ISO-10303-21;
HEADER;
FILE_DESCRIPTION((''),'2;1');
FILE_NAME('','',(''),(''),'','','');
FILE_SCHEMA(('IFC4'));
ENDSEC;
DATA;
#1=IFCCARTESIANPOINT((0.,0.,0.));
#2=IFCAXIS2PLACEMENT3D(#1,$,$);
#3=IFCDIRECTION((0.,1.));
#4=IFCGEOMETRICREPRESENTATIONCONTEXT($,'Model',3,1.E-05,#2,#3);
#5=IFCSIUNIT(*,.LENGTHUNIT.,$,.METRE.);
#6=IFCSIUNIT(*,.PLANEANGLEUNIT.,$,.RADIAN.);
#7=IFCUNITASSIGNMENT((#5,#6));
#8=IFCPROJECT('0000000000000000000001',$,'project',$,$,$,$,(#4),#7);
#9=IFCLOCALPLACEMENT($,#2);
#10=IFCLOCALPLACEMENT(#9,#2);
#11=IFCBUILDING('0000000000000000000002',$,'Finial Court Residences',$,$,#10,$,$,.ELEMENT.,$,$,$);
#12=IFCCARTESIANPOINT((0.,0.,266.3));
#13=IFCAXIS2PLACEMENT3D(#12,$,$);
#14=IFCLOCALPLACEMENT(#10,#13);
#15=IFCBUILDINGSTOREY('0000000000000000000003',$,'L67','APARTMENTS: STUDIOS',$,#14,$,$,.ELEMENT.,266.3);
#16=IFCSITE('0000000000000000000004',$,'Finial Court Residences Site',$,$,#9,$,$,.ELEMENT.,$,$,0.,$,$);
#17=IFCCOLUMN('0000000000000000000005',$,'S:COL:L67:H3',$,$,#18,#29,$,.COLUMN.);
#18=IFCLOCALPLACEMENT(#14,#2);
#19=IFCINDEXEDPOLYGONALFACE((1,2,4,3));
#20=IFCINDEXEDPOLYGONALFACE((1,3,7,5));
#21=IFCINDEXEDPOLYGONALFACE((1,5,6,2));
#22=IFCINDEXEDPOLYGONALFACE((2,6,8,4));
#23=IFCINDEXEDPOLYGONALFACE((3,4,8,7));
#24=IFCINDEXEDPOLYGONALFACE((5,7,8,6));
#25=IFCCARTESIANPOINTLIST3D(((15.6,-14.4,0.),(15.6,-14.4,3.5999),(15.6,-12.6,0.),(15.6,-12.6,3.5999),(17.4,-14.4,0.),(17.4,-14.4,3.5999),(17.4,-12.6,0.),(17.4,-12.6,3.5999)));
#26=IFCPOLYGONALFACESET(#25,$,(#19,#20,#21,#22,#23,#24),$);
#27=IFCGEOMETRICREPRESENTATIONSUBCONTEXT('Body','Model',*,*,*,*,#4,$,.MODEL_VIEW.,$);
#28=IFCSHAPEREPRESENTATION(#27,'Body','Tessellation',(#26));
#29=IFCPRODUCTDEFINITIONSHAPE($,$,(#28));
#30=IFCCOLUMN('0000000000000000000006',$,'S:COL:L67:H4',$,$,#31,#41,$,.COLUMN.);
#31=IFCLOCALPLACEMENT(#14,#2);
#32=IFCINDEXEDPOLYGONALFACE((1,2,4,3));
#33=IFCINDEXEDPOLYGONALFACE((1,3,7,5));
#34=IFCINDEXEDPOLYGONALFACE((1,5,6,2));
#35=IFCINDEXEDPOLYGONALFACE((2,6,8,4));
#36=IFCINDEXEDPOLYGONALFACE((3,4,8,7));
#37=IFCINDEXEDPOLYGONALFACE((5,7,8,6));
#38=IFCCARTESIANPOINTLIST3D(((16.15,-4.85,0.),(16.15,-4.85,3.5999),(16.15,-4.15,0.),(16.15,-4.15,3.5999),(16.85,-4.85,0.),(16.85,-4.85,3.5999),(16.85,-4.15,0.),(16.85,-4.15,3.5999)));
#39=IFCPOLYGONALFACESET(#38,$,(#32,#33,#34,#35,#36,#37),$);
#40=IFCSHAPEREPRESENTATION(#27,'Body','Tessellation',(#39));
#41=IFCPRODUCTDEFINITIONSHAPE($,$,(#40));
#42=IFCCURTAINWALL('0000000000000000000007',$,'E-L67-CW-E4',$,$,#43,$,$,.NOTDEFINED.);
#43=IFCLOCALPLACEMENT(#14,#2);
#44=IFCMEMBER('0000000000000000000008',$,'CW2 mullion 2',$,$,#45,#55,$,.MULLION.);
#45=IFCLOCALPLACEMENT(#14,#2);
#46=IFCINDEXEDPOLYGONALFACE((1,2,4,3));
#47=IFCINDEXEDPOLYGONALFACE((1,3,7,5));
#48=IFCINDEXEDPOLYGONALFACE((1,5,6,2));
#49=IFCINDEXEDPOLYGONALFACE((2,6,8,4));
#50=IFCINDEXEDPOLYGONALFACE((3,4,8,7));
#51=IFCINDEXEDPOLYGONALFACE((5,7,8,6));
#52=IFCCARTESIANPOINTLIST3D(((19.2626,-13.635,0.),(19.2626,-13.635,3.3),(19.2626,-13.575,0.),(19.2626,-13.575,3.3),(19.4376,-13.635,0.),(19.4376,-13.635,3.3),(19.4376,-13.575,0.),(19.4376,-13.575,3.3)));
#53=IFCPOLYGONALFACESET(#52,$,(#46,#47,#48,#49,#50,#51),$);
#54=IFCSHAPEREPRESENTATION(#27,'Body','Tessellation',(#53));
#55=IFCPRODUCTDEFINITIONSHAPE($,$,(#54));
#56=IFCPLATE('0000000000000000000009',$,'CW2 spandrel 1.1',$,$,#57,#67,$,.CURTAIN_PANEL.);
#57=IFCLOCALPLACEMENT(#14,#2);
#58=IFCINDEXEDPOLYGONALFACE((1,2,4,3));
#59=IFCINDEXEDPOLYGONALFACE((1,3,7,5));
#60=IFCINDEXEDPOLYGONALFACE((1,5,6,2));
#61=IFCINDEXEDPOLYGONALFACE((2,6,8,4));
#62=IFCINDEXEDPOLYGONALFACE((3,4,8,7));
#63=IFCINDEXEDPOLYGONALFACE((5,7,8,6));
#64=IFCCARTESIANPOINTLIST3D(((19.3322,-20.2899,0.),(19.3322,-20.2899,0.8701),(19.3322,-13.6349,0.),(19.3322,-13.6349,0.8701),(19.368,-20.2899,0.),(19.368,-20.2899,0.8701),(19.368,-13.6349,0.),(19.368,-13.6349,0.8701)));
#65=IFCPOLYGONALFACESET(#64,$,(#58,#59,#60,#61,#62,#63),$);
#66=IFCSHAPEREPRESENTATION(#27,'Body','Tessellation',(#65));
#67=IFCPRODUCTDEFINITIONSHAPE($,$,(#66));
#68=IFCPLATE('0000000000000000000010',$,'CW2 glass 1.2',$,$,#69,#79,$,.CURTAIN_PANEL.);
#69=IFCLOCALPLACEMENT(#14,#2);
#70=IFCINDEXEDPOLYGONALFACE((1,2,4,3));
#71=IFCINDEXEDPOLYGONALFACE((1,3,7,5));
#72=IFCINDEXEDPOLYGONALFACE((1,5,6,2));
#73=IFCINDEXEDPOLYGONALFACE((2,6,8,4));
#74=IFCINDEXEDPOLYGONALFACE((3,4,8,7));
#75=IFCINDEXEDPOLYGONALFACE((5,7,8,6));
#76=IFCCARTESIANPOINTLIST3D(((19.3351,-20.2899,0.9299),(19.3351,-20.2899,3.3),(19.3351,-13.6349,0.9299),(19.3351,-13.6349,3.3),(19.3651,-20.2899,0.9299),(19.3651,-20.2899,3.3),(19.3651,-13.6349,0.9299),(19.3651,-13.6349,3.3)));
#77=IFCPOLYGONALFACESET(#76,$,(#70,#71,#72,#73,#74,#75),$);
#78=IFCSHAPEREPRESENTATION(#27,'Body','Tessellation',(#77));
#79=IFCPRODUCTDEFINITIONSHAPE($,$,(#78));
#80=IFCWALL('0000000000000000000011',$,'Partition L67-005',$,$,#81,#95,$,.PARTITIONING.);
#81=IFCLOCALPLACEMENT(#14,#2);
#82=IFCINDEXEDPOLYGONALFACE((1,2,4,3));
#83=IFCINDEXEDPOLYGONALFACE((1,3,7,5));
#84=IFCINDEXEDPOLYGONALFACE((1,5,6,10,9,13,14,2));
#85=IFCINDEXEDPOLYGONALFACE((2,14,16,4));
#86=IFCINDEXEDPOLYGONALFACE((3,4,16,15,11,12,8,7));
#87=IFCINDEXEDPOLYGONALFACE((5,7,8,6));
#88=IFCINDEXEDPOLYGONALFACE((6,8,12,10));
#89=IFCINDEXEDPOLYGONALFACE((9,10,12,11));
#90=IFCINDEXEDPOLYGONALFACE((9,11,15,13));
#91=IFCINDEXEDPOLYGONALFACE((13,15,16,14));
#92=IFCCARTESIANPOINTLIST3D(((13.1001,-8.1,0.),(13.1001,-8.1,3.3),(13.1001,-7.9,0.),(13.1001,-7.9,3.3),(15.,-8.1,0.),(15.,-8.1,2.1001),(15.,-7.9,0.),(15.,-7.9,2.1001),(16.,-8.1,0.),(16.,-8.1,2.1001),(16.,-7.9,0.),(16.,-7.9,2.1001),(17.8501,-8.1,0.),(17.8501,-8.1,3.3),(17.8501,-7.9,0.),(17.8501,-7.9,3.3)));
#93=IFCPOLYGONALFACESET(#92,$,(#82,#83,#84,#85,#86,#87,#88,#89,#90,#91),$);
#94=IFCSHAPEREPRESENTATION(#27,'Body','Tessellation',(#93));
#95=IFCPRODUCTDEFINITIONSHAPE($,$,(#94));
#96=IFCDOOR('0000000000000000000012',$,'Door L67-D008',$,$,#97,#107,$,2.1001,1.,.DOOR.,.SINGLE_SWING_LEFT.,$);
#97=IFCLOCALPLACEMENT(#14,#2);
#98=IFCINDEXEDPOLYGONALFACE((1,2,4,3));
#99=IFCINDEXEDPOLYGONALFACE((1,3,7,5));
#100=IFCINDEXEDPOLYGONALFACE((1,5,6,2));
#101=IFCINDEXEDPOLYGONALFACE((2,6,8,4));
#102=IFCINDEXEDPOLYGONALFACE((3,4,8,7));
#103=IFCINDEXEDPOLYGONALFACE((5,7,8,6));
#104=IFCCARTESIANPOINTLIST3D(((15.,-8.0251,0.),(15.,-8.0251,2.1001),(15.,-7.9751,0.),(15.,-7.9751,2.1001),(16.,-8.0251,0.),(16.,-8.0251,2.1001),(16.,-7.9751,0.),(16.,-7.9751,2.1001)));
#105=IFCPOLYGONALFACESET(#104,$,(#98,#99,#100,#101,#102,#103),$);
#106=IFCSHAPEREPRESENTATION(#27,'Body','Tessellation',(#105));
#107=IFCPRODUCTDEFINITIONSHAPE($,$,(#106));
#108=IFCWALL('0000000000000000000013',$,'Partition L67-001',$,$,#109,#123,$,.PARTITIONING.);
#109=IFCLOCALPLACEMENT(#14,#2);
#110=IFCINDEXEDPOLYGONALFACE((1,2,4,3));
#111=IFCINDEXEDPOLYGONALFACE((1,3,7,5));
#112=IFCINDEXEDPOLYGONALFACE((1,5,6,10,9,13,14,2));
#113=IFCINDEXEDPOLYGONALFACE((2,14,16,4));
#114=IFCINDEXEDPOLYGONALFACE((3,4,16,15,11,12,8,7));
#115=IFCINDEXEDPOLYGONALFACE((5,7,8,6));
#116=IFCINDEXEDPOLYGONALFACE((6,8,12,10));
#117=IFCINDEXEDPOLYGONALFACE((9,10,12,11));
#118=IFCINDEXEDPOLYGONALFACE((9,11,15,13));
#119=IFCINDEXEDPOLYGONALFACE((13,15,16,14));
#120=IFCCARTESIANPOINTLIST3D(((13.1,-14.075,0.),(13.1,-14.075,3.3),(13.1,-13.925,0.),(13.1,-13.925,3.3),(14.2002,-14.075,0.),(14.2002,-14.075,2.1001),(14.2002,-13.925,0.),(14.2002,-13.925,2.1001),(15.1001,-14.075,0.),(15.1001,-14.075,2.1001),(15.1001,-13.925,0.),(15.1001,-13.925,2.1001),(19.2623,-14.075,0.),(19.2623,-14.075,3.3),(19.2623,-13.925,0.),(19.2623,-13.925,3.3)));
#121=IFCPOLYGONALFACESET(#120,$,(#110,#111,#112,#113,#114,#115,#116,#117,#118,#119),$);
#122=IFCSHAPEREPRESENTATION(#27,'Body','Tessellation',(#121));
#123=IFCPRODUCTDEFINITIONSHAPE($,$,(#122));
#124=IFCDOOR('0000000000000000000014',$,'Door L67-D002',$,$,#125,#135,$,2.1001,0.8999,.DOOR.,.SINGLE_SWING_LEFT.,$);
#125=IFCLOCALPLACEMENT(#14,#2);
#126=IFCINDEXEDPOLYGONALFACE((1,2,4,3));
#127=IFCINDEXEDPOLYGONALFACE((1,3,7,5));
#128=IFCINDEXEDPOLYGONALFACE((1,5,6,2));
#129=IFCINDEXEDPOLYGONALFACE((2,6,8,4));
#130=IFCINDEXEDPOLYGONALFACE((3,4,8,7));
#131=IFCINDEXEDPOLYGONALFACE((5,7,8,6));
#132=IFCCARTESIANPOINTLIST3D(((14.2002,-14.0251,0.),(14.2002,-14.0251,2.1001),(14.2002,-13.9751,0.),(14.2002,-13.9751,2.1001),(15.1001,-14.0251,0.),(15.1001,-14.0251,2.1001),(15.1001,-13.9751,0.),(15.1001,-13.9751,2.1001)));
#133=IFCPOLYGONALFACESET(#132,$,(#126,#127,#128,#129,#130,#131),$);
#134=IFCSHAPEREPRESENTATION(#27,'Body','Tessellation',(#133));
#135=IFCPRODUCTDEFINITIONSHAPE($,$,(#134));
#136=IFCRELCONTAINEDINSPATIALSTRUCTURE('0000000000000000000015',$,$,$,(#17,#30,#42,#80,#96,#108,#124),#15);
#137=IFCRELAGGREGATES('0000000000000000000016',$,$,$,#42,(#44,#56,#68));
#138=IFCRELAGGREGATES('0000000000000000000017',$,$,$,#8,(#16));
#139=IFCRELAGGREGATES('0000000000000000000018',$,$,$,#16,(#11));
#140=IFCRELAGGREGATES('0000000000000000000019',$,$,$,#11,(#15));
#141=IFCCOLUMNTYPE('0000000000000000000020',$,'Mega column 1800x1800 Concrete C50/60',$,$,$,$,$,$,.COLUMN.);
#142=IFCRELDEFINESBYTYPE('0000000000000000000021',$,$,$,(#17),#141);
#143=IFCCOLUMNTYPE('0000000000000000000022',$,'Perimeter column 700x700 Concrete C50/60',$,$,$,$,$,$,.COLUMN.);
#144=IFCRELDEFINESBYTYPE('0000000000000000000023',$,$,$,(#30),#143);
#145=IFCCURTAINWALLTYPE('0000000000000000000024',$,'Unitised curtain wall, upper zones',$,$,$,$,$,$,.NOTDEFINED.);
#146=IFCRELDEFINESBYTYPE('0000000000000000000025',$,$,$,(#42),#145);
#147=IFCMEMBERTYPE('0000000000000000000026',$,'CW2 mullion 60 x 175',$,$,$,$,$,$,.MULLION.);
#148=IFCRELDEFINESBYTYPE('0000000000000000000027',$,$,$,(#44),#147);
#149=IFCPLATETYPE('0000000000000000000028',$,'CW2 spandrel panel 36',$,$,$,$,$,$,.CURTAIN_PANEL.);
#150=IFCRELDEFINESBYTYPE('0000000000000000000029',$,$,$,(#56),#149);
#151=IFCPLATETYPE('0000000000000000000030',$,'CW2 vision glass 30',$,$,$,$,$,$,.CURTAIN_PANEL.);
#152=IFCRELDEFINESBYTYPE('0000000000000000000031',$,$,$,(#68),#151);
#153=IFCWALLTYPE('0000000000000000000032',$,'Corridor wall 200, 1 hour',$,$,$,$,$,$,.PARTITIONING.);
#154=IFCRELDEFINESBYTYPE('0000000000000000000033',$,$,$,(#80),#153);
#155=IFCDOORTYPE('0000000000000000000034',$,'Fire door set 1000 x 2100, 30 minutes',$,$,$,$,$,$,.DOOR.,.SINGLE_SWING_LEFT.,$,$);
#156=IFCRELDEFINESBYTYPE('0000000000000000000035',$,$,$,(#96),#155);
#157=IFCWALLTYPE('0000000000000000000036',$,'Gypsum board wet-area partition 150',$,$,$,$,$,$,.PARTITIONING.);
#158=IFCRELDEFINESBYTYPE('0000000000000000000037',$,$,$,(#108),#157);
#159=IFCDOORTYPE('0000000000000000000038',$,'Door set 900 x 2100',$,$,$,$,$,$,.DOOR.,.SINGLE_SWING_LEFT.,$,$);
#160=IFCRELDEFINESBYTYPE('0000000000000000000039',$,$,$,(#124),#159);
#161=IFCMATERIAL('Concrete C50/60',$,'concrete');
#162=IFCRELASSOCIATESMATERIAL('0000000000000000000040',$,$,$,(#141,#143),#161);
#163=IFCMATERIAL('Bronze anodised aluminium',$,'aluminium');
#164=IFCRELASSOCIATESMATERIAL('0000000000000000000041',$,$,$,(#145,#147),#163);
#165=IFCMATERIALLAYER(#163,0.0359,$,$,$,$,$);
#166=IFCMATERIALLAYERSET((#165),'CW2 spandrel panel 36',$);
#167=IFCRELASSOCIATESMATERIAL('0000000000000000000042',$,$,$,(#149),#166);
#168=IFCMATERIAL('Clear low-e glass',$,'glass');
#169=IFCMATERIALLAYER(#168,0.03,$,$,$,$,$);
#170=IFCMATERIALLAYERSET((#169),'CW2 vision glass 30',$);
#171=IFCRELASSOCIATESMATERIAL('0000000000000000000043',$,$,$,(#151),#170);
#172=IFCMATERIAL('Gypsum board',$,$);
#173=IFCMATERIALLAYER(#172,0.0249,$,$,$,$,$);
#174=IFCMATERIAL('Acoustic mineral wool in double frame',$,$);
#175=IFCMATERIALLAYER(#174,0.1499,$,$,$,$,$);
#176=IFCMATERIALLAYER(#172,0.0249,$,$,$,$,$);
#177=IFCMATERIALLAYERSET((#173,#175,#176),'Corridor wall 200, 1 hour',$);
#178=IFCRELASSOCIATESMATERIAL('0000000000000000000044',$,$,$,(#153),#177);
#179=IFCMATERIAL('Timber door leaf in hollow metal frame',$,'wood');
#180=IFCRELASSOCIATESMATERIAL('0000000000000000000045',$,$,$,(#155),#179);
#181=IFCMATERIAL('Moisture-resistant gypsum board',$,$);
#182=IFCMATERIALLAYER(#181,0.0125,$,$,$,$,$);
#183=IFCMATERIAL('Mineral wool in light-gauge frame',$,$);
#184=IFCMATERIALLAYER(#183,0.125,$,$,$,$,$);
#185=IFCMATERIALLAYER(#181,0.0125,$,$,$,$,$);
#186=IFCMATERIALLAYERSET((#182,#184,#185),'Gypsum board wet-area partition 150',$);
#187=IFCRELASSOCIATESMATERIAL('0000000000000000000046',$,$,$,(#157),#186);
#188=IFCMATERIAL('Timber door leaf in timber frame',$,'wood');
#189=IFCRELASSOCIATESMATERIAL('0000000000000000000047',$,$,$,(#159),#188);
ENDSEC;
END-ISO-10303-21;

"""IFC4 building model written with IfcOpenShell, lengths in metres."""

from ifc_helpers import new_model, si_unit, direction, frame, frame_2d, origin, origin_2d, place, context, subcontext, project, spatial, rectangle, extrude, material, layer, layer_set, material_profile, profile_set, type_object, element, fill, aggregate, save


model = new_model("IFC4")

# Units and contexts
model_context = context("Model", 3, precision=1e-05, world=origin(), true_north=direction((0.0, 1.0)))
body_context = subcontext(model_context, "Body", "Model", "MODEL_VIEW")
ifc_project = project(units=[si_unit("LENGTHUNIT", "METRE"), si_unit("PLANEANGLEUNIT", "RADIAN")], contexts=[model_context])

# Site, building, storey
site_placement = place(None, origin())
site = spatial("IfcSite", under=ifc_project, at=site_placement, Name="Finial Court Residences Site", CompositionType="ELEMENT", RefElevation=0.0)
building_placement = place(site_placement, origin())
building = spatial("IfcBuilding", under=site, at=building_placement, Name="Finial Court Residences", CompositionType="ELEMENT")
storey_placement = place(building_placement, frame((0.0, 0.0, 266.3)))
storey = spatial("IfcBuildingStorey", under=building, at=storey_placement, Name="L67", Description="APARTMENTS: STUDIOS", CompositionType="ELEMENT", Elevation=266.3)

# Columns
ifc_material_1 = material(Name="Concrete C50/60", Category="concrete")
ifc_material_profile_1 = material_profile(ifc_material_1, rectangle(XDim=1.8, YDim=1.8, at=origin_2d()), Name="1800x1800")
ifc_profile_set_1 = profile_set([ifc_material_profile_1], Name="Concrete C50/60")
column_type_1 = type_object("IfcColumnType", Name="Mega column 1800x1800 Concrete C50/60", PredefinedType="COLUMN", material=ifc_profile_set_1)
column_1_placement = place(storey_placement, frame((16.5, -13.5, 0.0), z_axis=(0.0, 0.0, 1.0), x_axis=(1.0, 0.0, 0.0)))
element("IfcColumn", 1, at=column_1_placement, inside=storey, type_object=column_type_1, Name="S:COL:L67:H3", PredefinedType="COLUMN", context=body_context, shape_type="SweptSolid", body=[
    extrude(rectangle(XDim=1.8, YDim=1.8, at=origin_2d()), origin(), (0.0, 0.0, 1.0), 3.5999),
])
ifc_material_profile_2 = material_profile(ifc_material_1, rectangle(XDim=0.7, YDim=0.7, at=origin_2d()), Name="700x700")
ifc_profile_set_2 = profile_set([ifc_material_profile_2], Name="Concrete C50/60")
column_type_2 = type_object("IfcColumnType", Name="Perimeter column 700x700 Concrete C50/60", PredefinedType="COLUMN", material=ifc_profile_set_2)
column_2_placement = place(storey_placement, frame((16.5, -4.5, 0.0), z_axis=(0.0, 0.0, 1.0), x_axis=(1.0, 0.0, 0.0)))
element("IfcColumn", 2, at=column_2_placement, inside=storey, type_object=column_type_2, Name="S:COL:L67:H4", PredefinedType="COLUMN", context=body_context, shape_type="SweptSolid", body=[
    extrude(rectangle(XDim=0.7, YDim=0.7, at=origin_2d()), origin(), (0.0, 0.0, 1.0), 3.5999),
])

# Curtain wall, member, plates
ifc_material_2 = material(Name="Bronze anodised aluminium", Category="aluminium")
curtain_wall_type = type_object("IfcCurtainWallType", Name="Unitised curtain wall, upper zones", PredefinedType="NOTDEFINED", material=ifc_material_2)
curtain_wall_placement = place(storey_placement, origin())
curtain_wall = element("IfcCurtainWall", 3, at=curtain_wall_placement, inside=storey, type_object=curtain_wall_type, Name="E-L67-CW-E4", PredefinedType="NOTDEFINED")
ifc_material_profile_3 = material_profile(ifc_material_2, rectangle(XDim=0.175, YDim=0.0601, at=origin_2d()), Name="CW2 mullion 60 x 175")
ifc_profile_set_3 = profile_set([ifc_material_profile_3], Name="Bronze anodised aluminium")
member_type = type_object("IfcMemberType", Name="CW2 mullion 60 x 175", PredefinedType="MULLION", material=ifc_profile_set_3)
member_placement = place(storey_placement, frame((19.3501, -13.605, 0.0), z_axis=(0.0, 0.0, 1.0), x_axis=(-1.0, 0.0, 0.0)))
member = element("IfcMember", 4, at=member_placement, type_object=member_type, Name="CW2 mullion 2", PredefinedType="MULLION", context=body_context, shape_type="SweptSolid", body=[
    extrude(rectangle(XDim=0.175, YDim=0.0601, at=origin_2d()), origin(), (0.0, 0.0, 1.0), 3.3),
])
ifc_layer_1 = layer(ifc_material_2, 0.0359)
ifc_layer_set_1 = layer_set([ifc_layer_1], Name="CW2 spandrel panel 36")
plate_type_1 = type_object("IfcPlateType", Name="CW2 spandrel panel 36", PredefinedType="CURTAIN_PANEL", material=ifc_layer_set_1)
plate_1_placement = place(storey_placement, frame((19.3501, -16.9624, 0.0), z_axis=(0.0, 0.0, 1.0), x_axis=(0.0, 1.0, 0.0)))
plate_1 = element("IfcPlate", 5, at=plate_1_placement, type_object=plate_type_1, Name="CW2 spandrel 1.1", PredefinedType="CURTAIN_PANEL", context=body_context, shape_type="SweptSolid", body=[
    extrude(rectangle(XDim=6.655, YDim=0.0359, at=origin_2d()), origin(), (0.0, 0.0, 1.0), 0.8701),
])
ifc_material_3 = material(Name="Clear low-e glass", Category="glass")
ifc_layer_2 = layer(ifc_material_3, 0.03)
ifc_layer_set_2 = layer_set([ifc_layer_2], Name="CW2 vision glass 30")
plate_type_2 = type_object("IfcPlateType", Name="CW2 vision glass 30", PredefinedType="CURTAIN_PANEL", material=ifc_layer_set_2)
plate_2_placement = place(storey_placement, frame((19.3501, -16.9624, 0.9299), z_axis=(0.0, 0.0, 1.0), x_axis=(0.0, 1.0, 0.0)))
plate_2 = element("IfcPlate", 6, at=plate_2_placement, type_object=plate_type_2, Name="CW2 glass 1.2", PredefinedType="CURTAIN_PANEL", context=body_context, shape_type="SweptSolid", body=[
    extrude(rectangle(XDim=6.655, YDim=0.03, at=origin_2d()), origin(), (0.0, 0.0, 1.0), 2.3701),
])
aggregate(curtain_wall, [member, plate_1, plate_2])

# Walls, openings, doors
ifc_material_4 = material(Name="Gypsum board")
ifc_layer_3 = layer(ifc_material_4, 0.0249)
ifc_material_5 = material(Name="Acoustic mineral wool in double frame")
ifc_layer_4 = layer(ifc_material_5, 0.1499)
ifc_layer_5 = layer(ifc_material_4, 0.0249)
ifc_layer_set_3 = layer_set([ifc_layer_3, ifc_layer_4, ifc_layer_5], Name="Corridor wall 200, 1 hour")
wall_type_1 = type_object("IfcWallType", Name="Corridor wall 200, 1 hour", PredefinedType="PARTITIONING", material=ifc_layer_set_3)
wall_1_placement = place(storey_placement, frame((13.1001, -8.0, 0.0), z_axis=(0.0, 0.0, 1.0), x_axis=(1.0, 0.0, 0.0)))
wall_1 = element("IfcWall", 7, at=wall_1_placement, inside=storey, type_object=wall_type_1, Name="Partition L67-005", PredefinedType="PARTITIONING", context=body_context, shape_type="SweptSolid", body=[
    extrude(rectangle(XDim=4.75, YDim=0.2, at=frame_2d((2.375, 0.0))), origin(), (0.0, 0.0, 1.0), 3.3),
])
opening_1_placement = place(wall_1_placement, frame((1.8999, 0.0, 0.0)))
opening_1 = element("IfcOpeningElement", 8, at=opening_1_placement, cuts=wall_1, PredefinedType="OPENING", context=body_context, shape_type="SweptSolid", body=[
    extrude(rectangle(XDim=1.0, YDim=2.1001, at=frame_2d((0.5, 1.05))), frame((0.0, 0.1099, 0.0), z_axis=(0.0, -1.0, 0.0), x_axis=(1.0, 0.0, 0.0)), (0.0, 0.0, 1.0), 0.22),
])
ifc_material_6 = material(Name="Timber door leaf in hollow metal frame", Category="wood")
door_type_1 = type_object("IfcDoorType", Name="Fire door set 1000 x 2100, 30 minutes", OperationType="SINGLE_SWING_LEFT", PredefinedType="DOOR", material=ifc_material_6)
door_1_placement = place(opening_1_placement, origin())
door_1 = element("IfcDoor", 9, at=door_1_placement, inside=storey, type_object=door_type_1, Name="Door L67-D008", OperationType="SINGLE_SWING_LEFT", OverallHeight=2.1001, OverallWidth=1.0, PredefinedType="DOOR", context=body_context, shape_type="SweptSolid", body=[
    extrude(rectangle(XDim=1.0, YDim=2.1001, at=frame_2d((0.5, 1.05))), frame((0.0, 0.0249, 0.0), z_axis=(0.0, -1.0, 0.0), x_axis=(1.0, 0.0, 0.0)), (0.0, 0.0, 1.0), 0.05),
])
fill(opening_1, door_1)
ifc_material_7 = material(Name="Moisture-resistant gypsum board")
ifc_layer_6 = layer(ifc_material_7, 0.0125)
ifc_material_8 = material(Name="Mineral wool in light-gauge frame")
ifc_layer_7 = layer(ifc_material_8, 0.125)
ifc_layer_8 = layer(ifc_material_7, 0.0125)
ifc_layer_set_4 = layer_set([ifc_layer_6, ifc_layer_7, ifc_layer_8], Name="Gypsum board wet-area partition 150")
wall_type_2 = type_object("IfcWallType", Name="Gypsum board wet-area partition 150", PredefinedType="PARTITIONING", material=ifc_layer_set_4)
wall_2_placement = place(storey_placement, frame((13.1001, -14.0, 0.0), z_axis=(0.0, 0.0, 1.0), x_axis=(1.0, 0.0, 0.0)))
wall_2 = element("IfcWall", 10, at=wall_2_placement, inside=storey, type_object=wall_type_2, Name="Partition L67-001", PredefinedType="PARTITIONING", context=body_context, shape_type="SweptSolid", body=[
    extrude(rectangle(XDim=6.1624, YDim=0.1499, at=frame_2d((3.0811, 0.0))), origin(), (0.0, 0.0, 1.0), 3.3),
])
opening_2_placement = place(wall_2_placement, frame((1.1001, 0.0, 0.0)))
opening_2 = element("IfcOpeningElement", 11, at=opening_2_placement, cuts=wall_2, PredefinedType="OPENING", context=body_context, shape_type="SweptSolid", body=[
    extrude(rectangle(XDim=0.8999, YDim=2.1001, at=frame_2d((0.45, 1.05))), frame((0.0, 0.085, 0.0), z_axis=(0.0, -1.0, 0.0), x_axis=(1.0, 0.0, 0.0)), (0.0, 0.0, 1.0), 0.1699),
])
ifc_material_9 = material(Name="Timber door leaf in timber frame", Category="wood")
door_type_2 = type_object("IfcDoorType", Name="Door set 900 x 2100", OperationType="SINGLE_SWING_LEFT", PredefinedType="DOOR", material=ifc_material_9)
door_2_placement = place(opening_2_placement, origin())
door_2 = element("IfcDoor", 12, at=door_2_placement, inside=storey, type_object=door_type_2, Name="Door L67-D002", OperationType="SINGLE_SWING_LEFT", OverallHeight=2.1001, OverallWidth=0.8999, PredefinedType="DOOR", context=body_context, shape_type="SweptSolid", body=[
    extrude(rectangle(XDim=0.8999, YDim=2.1001, at=frame_2d((0.45, 1.05))), frame((0.0, 0.0249, 0.0), z_axis=(0.0, -1.0, 0.0), x_axis=(1.0, 0.0, 0.0)), (0.0, 0.0, 1.0), 0.05),
])
fill(opening_2, door_2)

save(model, "model.ifc")
